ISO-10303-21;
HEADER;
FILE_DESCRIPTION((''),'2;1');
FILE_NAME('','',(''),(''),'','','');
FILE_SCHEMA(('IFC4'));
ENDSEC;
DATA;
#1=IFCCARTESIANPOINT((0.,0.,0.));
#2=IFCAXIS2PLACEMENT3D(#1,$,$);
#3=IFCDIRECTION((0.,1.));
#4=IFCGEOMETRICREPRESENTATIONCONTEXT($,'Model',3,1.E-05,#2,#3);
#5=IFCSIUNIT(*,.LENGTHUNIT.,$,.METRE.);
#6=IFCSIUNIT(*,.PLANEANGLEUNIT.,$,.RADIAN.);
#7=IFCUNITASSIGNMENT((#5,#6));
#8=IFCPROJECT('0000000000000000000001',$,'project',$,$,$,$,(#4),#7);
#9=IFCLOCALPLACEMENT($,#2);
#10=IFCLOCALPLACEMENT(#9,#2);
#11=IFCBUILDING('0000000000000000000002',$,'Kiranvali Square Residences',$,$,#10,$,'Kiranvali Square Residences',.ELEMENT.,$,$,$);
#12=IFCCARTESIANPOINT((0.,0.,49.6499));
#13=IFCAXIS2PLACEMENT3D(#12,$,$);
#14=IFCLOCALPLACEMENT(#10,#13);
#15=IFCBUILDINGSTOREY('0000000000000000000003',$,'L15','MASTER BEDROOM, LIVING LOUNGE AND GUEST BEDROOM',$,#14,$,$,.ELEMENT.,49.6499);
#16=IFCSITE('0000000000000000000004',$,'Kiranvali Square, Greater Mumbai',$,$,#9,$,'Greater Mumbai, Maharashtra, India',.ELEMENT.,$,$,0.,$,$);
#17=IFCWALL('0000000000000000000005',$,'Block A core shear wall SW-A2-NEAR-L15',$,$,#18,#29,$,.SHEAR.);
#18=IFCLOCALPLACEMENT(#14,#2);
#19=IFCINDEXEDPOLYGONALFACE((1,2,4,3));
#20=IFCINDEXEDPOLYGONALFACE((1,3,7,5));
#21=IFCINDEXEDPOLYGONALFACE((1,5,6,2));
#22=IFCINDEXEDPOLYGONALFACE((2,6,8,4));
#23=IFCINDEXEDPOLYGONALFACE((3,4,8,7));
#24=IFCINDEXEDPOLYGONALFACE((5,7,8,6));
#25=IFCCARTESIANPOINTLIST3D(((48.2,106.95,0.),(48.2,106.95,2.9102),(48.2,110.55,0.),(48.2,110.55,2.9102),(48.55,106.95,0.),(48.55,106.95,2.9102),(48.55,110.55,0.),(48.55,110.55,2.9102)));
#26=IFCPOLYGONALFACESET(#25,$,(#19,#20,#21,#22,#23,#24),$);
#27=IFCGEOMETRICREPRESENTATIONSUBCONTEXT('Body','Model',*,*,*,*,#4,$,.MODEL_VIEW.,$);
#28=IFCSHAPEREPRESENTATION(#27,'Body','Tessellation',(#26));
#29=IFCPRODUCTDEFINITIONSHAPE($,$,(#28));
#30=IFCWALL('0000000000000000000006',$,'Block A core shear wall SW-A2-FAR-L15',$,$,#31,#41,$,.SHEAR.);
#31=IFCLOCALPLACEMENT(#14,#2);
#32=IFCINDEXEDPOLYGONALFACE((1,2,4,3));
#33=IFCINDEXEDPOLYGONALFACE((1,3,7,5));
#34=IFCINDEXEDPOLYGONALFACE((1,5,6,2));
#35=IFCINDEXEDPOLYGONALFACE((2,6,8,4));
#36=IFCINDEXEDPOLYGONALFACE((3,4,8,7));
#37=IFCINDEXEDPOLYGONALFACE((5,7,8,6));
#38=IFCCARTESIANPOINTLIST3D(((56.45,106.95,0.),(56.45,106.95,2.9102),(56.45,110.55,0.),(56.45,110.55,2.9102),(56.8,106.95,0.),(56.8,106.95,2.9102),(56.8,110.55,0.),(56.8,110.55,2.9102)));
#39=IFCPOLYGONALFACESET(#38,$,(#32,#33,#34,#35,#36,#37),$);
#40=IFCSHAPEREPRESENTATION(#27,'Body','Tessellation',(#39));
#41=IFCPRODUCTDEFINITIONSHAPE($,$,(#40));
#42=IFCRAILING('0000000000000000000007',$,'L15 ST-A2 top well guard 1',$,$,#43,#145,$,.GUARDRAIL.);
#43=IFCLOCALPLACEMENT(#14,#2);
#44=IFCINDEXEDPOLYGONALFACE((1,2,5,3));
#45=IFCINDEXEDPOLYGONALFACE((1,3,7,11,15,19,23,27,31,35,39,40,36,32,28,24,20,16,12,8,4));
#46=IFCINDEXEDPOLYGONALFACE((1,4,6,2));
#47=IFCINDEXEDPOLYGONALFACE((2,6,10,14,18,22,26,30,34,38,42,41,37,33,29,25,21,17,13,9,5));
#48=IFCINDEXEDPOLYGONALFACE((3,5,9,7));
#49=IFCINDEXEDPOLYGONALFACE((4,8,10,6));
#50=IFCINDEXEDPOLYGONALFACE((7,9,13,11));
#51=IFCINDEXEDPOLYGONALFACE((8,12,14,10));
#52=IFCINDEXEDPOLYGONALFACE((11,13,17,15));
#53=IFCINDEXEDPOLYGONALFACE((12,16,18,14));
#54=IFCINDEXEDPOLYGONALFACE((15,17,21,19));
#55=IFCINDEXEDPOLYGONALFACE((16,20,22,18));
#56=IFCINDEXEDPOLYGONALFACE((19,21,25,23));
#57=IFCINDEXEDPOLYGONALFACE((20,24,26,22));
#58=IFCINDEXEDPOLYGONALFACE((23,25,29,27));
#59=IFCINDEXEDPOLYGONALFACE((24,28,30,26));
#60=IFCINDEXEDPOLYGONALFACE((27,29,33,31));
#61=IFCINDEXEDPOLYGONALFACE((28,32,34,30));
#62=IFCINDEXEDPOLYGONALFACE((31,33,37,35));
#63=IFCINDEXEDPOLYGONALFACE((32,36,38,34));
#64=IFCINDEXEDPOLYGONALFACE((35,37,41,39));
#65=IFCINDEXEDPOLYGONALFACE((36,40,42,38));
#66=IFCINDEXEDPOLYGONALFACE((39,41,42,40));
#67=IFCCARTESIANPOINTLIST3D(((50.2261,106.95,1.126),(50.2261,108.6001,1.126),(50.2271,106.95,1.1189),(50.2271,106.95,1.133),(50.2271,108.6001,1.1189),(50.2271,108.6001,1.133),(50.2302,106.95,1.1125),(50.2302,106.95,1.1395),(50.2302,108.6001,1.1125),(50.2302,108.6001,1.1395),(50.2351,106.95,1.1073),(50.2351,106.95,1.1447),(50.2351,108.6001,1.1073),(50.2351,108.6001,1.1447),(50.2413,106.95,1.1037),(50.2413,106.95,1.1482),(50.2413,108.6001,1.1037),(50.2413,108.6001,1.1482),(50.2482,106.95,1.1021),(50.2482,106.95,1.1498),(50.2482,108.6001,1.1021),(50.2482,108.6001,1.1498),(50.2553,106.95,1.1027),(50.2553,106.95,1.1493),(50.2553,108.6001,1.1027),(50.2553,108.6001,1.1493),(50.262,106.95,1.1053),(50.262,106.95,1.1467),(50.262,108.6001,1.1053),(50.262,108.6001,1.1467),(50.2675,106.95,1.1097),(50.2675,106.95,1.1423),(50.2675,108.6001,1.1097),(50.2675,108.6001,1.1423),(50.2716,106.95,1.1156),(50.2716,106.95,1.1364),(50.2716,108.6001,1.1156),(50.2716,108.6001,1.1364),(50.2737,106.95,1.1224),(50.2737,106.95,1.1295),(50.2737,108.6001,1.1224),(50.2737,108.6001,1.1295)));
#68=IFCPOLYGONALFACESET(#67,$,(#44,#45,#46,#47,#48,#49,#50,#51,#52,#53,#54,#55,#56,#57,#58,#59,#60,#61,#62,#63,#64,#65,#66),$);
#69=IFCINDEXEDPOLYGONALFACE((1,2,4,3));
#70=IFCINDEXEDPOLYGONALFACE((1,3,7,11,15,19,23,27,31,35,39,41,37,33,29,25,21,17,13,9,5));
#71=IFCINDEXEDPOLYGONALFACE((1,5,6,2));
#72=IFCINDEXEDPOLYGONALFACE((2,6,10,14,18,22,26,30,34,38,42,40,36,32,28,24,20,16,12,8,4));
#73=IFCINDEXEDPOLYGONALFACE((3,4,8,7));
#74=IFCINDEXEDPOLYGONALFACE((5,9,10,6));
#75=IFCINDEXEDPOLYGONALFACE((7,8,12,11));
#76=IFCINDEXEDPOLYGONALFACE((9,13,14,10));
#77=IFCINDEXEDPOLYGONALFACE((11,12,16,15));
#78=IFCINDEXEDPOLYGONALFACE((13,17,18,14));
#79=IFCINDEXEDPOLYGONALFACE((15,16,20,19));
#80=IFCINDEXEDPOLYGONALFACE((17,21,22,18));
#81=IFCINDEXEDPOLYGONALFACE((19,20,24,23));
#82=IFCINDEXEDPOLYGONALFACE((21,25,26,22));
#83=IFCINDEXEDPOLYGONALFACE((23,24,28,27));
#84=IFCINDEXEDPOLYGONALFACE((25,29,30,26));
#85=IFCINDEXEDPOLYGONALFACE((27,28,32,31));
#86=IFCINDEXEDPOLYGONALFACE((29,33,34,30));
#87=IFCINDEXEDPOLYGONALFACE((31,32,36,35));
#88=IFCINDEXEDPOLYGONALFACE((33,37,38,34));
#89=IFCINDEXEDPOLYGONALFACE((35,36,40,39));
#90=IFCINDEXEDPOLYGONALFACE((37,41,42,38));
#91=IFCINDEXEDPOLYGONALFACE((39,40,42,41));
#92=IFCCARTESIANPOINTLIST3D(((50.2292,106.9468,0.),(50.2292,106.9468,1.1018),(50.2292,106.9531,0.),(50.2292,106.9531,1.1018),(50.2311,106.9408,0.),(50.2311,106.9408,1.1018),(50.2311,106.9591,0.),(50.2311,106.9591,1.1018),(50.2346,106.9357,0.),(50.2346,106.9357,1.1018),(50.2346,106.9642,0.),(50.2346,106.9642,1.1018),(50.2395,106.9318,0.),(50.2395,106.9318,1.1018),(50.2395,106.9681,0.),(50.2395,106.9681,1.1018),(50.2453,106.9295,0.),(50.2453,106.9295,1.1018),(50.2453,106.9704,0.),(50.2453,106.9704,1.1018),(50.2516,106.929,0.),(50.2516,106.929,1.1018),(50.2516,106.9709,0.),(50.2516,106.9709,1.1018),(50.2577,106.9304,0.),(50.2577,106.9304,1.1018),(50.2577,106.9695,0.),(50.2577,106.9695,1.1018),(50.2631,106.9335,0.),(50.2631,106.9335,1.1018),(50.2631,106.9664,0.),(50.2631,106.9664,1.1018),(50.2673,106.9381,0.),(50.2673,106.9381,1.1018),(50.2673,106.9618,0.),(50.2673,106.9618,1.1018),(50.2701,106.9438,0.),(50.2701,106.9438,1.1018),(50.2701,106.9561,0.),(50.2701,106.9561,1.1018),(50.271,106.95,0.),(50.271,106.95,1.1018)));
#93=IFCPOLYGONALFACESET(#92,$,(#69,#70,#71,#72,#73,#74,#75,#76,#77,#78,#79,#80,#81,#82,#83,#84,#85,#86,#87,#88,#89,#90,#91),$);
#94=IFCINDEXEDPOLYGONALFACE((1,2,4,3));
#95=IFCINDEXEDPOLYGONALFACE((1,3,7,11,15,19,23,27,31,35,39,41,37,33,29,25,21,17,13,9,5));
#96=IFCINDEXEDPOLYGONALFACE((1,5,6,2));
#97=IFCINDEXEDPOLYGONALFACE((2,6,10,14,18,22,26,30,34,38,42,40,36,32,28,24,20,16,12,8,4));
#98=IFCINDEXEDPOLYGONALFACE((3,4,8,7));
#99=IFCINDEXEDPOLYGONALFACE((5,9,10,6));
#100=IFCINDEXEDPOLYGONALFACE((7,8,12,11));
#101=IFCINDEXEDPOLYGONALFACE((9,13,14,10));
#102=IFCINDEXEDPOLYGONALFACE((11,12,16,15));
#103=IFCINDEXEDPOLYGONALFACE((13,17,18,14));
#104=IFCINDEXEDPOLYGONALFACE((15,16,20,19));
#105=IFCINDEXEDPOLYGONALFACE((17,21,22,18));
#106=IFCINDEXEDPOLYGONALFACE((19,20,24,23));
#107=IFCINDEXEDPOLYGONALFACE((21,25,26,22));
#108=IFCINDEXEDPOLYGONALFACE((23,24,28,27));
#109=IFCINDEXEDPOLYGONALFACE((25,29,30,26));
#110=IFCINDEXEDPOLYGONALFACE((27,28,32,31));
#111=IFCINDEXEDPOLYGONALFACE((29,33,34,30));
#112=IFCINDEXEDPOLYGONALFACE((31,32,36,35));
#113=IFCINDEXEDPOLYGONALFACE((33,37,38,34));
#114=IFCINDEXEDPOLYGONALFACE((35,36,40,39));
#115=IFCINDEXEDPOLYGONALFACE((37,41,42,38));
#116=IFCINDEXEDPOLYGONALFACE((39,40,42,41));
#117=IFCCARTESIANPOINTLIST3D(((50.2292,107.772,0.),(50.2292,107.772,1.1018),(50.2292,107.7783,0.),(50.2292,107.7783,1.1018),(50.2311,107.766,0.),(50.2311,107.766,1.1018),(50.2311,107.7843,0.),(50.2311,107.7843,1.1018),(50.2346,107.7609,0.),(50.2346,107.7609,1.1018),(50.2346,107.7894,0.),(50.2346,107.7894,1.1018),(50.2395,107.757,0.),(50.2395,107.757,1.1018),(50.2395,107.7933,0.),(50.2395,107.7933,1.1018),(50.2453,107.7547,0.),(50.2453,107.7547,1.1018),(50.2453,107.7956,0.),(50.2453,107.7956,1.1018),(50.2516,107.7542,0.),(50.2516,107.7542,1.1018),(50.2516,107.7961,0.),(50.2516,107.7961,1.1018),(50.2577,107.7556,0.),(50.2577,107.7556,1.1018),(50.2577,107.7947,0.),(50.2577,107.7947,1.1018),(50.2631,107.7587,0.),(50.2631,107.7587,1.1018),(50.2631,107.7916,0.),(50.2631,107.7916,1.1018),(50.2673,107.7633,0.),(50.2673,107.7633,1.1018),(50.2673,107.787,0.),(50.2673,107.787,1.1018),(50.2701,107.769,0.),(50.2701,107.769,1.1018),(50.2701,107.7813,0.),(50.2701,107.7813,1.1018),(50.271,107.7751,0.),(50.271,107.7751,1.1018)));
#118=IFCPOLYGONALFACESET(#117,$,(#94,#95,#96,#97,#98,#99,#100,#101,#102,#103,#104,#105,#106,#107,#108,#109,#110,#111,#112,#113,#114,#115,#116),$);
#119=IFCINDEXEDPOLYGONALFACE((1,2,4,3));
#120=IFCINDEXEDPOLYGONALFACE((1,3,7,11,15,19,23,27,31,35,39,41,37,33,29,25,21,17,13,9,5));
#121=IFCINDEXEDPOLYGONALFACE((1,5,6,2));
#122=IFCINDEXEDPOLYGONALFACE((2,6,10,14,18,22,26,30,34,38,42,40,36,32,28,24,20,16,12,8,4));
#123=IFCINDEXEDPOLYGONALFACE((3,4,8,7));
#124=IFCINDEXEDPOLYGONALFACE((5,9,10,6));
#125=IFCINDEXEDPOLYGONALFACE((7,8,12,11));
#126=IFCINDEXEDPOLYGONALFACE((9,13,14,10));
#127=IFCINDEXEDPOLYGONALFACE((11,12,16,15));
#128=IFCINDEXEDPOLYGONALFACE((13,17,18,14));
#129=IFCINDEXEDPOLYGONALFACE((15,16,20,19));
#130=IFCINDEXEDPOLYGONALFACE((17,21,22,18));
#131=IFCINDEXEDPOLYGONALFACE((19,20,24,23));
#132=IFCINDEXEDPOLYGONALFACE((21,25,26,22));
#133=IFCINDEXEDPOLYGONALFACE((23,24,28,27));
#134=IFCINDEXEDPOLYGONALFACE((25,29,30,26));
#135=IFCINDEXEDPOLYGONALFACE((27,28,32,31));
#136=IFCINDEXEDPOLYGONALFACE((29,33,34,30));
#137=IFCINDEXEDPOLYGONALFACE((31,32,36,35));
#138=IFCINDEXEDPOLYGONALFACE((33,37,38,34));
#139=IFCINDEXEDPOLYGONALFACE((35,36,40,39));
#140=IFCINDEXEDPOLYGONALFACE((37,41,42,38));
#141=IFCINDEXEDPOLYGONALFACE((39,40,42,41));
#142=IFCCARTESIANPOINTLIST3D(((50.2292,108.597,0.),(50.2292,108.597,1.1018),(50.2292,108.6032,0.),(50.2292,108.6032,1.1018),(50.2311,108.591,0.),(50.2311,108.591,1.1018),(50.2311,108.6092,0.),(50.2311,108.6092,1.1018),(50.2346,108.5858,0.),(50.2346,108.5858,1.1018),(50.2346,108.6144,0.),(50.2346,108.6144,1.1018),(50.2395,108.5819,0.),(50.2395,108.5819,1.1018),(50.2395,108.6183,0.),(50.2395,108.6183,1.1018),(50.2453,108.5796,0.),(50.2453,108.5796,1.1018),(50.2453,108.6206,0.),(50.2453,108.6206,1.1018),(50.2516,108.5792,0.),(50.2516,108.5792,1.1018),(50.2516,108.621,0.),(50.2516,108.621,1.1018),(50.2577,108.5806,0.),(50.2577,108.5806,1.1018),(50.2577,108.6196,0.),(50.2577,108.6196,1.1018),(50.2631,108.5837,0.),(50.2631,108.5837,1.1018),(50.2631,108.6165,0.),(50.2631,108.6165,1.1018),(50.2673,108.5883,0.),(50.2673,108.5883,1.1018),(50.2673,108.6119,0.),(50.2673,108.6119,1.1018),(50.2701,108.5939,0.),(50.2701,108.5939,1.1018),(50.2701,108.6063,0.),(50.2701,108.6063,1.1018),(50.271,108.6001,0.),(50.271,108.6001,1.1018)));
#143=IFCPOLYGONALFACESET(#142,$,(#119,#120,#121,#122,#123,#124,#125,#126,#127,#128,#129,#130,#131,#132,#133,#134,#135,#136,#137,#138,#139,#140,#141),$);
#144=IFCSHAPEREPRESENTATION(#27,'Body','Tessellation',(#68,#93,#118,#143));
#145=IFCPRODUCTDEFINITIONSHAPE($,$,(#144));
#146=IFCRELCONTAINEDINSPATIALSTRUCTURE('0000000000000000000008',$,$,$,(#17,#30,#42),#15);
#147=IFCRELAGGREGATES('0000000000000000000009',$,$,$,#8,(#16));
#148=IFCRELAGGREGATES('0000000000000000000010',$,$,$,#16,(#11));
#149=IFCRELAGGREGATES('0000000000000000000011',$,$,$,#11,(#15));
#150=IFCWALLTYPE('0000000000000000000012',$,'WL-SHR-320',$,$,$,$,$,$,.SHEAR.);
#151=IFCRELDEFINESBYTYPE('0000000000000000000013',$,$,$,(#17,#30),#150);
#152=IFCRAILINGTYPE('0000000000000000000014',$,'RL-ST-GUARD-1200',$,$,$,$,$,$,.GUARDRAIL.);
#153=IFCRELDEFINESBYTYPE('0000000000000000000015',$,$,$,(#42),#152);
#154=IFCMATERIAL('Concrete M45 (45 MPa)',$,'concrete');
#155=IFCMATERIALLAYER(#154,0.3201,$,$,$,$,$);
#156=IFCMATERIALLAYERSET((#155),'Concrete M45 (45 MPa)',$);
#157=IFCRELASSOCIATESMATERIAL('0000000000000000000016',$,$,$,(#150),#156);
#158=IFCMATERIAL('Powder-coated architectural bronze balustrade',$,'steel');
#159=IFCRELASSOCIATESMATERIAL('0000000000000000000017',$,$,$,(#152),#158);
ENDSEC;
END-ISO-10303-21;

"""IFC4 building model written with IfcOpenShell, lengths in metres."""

from ifc_helpers import new_model, si_unit, direction, frame, frame_2d, origin, origin_2d, place, context, subcontext, project, spatial, rectangle, circle, extrude, material, layer, layer_set, type_object, element, save


model = new_model("IFC4")

# Units and contexts
model_context = context("Model", 3, precision=1e-05, world=origin(), true_north=direction((0.0, 1.0)))
body_context = subcontext(model_context, "Body", "Model", "MODEL_VIEW")
ifc_project = project(units=[si_unit("LENGTHUNIT", "METRE"), si_unit("PLANEANGLEUNIT", "RADIAN")], contexts=[model_context])

# Site, building, storey
site_placement = place(None, origin())
site = spatial("IfcSite", under=ifc_project, at=site_placement, Name="Kiranvali Square, Greater Mumbai", LongName="Greater Mumbai, Maharashtra, India", CompositionType="ELEMENT", RefElevation=0.0)
building_placement = place(site_placement, origin())
building = spatial("IfcBuilding", under=site, at=building_placement, Name="Kiranvali Square Residences", LongName="Kiranvali Square Residences", CompositionType="ELEMENT")
storey_placement = place(building_placement, frame((0.0, 0.0, 49.6499)))
storey = spatial("IfcBuildingStorey", under=building, at=storey_placement, Name="L15", Description="MASTER BEDROOM, LIVING LOUNGE AND GUEST BEDROOM", CompositionType="ELEMENT", Elevation=49.6499)

# Shared definitions
ifc_material_1 = material(Name="Concrete M45 (45 MPa)", Category="concrete")
ifc_layer_1 = layer(ifc_material_1, 0.3201)
ifc_layer_set_1 = layer_set([ifc_layer_1], Name="Concrete M45 (45 MPa)")
wall_type_1 = type_object("IfcWallType", Name="WL-SHR-320", PredefinedType="SHEAR", material=ifc_layer_set_1)

# Walls
for number, where, z_axis, x_axis, name in (
    (1, (48.375, 106.95, 0.0), (0.0, 0.0, 1.0), (0.0, 1.0, 0.0), "Block A core shear wall SW-A2-NEAR-L15"),
    (2, (56.625, 106.95, 0.0), (0.0, 0.0, 1.0), (0.0, 1.0, 0.0), "Block A core shear wall SW-A2-FAR-L15"),
):
    element("IfcWall", number, at=place(storey_placement, frame(where, z_axis=z_axis, x_axis=x_axis)), inside=storey, type_object=wall_type_1, Name=name, PredefinedType="SHEAR", context=body_context, shape_type="SweptSolid", body=[
        extrude(rectangle(XDim=3.6001, YDim=0.3501, at=frame_2d((1.8, 0.0))), origin(), (0.0, 0.0, 1.0), 2.9102),
    ])

# Railing
ifc_material_2 = material(Name="Powder-coated architectural bronze balustrade", Category="steel")
railing_type = type_object("IfcRailingType", Name="RL-ST-GUARD-1200", PredefinedType="GUARDRAIL", material=ifc_material_2)
railing_placement = place(storey_placement, frame((50.25, 106.95, 0.0)))
element("IfcRailing", 3, at=railing_placement, inside=storey, type_object=railing_type, Name="L15 ST-A2 top well guard 1", PredefinedType="GUARDRAIL", context=body_context, shape_type="SweptSolid", body=[
    extrude(circle(Radius=0.0239, at=origin_2d()), frame((0.0, 0.0, 1.126), z_axis=(0.0, 1.0, 0.0), x_axis=(-1.0, 0.0, 0.0)), (0.0, 0.0, 1.0), 1.6501),
    extrude(circle(Radius=0.021, at=origin_2d()), origin(), (0.0, 0.0, 1.0), 1.1018),
    extrude(circle(Radius=0.021, at=origin_2d()), frame((0.0, 0.8252, 0.0)), (0.0, 0.0, 1.0), 1.1018),
    extrude(circle(Radius=0.021, at=origin_2d()), frame((0.0, 1.6501, 0.0)), (0.0, 0.0, 1.0), 1.1018),
])

save(model, "model.ifc")
